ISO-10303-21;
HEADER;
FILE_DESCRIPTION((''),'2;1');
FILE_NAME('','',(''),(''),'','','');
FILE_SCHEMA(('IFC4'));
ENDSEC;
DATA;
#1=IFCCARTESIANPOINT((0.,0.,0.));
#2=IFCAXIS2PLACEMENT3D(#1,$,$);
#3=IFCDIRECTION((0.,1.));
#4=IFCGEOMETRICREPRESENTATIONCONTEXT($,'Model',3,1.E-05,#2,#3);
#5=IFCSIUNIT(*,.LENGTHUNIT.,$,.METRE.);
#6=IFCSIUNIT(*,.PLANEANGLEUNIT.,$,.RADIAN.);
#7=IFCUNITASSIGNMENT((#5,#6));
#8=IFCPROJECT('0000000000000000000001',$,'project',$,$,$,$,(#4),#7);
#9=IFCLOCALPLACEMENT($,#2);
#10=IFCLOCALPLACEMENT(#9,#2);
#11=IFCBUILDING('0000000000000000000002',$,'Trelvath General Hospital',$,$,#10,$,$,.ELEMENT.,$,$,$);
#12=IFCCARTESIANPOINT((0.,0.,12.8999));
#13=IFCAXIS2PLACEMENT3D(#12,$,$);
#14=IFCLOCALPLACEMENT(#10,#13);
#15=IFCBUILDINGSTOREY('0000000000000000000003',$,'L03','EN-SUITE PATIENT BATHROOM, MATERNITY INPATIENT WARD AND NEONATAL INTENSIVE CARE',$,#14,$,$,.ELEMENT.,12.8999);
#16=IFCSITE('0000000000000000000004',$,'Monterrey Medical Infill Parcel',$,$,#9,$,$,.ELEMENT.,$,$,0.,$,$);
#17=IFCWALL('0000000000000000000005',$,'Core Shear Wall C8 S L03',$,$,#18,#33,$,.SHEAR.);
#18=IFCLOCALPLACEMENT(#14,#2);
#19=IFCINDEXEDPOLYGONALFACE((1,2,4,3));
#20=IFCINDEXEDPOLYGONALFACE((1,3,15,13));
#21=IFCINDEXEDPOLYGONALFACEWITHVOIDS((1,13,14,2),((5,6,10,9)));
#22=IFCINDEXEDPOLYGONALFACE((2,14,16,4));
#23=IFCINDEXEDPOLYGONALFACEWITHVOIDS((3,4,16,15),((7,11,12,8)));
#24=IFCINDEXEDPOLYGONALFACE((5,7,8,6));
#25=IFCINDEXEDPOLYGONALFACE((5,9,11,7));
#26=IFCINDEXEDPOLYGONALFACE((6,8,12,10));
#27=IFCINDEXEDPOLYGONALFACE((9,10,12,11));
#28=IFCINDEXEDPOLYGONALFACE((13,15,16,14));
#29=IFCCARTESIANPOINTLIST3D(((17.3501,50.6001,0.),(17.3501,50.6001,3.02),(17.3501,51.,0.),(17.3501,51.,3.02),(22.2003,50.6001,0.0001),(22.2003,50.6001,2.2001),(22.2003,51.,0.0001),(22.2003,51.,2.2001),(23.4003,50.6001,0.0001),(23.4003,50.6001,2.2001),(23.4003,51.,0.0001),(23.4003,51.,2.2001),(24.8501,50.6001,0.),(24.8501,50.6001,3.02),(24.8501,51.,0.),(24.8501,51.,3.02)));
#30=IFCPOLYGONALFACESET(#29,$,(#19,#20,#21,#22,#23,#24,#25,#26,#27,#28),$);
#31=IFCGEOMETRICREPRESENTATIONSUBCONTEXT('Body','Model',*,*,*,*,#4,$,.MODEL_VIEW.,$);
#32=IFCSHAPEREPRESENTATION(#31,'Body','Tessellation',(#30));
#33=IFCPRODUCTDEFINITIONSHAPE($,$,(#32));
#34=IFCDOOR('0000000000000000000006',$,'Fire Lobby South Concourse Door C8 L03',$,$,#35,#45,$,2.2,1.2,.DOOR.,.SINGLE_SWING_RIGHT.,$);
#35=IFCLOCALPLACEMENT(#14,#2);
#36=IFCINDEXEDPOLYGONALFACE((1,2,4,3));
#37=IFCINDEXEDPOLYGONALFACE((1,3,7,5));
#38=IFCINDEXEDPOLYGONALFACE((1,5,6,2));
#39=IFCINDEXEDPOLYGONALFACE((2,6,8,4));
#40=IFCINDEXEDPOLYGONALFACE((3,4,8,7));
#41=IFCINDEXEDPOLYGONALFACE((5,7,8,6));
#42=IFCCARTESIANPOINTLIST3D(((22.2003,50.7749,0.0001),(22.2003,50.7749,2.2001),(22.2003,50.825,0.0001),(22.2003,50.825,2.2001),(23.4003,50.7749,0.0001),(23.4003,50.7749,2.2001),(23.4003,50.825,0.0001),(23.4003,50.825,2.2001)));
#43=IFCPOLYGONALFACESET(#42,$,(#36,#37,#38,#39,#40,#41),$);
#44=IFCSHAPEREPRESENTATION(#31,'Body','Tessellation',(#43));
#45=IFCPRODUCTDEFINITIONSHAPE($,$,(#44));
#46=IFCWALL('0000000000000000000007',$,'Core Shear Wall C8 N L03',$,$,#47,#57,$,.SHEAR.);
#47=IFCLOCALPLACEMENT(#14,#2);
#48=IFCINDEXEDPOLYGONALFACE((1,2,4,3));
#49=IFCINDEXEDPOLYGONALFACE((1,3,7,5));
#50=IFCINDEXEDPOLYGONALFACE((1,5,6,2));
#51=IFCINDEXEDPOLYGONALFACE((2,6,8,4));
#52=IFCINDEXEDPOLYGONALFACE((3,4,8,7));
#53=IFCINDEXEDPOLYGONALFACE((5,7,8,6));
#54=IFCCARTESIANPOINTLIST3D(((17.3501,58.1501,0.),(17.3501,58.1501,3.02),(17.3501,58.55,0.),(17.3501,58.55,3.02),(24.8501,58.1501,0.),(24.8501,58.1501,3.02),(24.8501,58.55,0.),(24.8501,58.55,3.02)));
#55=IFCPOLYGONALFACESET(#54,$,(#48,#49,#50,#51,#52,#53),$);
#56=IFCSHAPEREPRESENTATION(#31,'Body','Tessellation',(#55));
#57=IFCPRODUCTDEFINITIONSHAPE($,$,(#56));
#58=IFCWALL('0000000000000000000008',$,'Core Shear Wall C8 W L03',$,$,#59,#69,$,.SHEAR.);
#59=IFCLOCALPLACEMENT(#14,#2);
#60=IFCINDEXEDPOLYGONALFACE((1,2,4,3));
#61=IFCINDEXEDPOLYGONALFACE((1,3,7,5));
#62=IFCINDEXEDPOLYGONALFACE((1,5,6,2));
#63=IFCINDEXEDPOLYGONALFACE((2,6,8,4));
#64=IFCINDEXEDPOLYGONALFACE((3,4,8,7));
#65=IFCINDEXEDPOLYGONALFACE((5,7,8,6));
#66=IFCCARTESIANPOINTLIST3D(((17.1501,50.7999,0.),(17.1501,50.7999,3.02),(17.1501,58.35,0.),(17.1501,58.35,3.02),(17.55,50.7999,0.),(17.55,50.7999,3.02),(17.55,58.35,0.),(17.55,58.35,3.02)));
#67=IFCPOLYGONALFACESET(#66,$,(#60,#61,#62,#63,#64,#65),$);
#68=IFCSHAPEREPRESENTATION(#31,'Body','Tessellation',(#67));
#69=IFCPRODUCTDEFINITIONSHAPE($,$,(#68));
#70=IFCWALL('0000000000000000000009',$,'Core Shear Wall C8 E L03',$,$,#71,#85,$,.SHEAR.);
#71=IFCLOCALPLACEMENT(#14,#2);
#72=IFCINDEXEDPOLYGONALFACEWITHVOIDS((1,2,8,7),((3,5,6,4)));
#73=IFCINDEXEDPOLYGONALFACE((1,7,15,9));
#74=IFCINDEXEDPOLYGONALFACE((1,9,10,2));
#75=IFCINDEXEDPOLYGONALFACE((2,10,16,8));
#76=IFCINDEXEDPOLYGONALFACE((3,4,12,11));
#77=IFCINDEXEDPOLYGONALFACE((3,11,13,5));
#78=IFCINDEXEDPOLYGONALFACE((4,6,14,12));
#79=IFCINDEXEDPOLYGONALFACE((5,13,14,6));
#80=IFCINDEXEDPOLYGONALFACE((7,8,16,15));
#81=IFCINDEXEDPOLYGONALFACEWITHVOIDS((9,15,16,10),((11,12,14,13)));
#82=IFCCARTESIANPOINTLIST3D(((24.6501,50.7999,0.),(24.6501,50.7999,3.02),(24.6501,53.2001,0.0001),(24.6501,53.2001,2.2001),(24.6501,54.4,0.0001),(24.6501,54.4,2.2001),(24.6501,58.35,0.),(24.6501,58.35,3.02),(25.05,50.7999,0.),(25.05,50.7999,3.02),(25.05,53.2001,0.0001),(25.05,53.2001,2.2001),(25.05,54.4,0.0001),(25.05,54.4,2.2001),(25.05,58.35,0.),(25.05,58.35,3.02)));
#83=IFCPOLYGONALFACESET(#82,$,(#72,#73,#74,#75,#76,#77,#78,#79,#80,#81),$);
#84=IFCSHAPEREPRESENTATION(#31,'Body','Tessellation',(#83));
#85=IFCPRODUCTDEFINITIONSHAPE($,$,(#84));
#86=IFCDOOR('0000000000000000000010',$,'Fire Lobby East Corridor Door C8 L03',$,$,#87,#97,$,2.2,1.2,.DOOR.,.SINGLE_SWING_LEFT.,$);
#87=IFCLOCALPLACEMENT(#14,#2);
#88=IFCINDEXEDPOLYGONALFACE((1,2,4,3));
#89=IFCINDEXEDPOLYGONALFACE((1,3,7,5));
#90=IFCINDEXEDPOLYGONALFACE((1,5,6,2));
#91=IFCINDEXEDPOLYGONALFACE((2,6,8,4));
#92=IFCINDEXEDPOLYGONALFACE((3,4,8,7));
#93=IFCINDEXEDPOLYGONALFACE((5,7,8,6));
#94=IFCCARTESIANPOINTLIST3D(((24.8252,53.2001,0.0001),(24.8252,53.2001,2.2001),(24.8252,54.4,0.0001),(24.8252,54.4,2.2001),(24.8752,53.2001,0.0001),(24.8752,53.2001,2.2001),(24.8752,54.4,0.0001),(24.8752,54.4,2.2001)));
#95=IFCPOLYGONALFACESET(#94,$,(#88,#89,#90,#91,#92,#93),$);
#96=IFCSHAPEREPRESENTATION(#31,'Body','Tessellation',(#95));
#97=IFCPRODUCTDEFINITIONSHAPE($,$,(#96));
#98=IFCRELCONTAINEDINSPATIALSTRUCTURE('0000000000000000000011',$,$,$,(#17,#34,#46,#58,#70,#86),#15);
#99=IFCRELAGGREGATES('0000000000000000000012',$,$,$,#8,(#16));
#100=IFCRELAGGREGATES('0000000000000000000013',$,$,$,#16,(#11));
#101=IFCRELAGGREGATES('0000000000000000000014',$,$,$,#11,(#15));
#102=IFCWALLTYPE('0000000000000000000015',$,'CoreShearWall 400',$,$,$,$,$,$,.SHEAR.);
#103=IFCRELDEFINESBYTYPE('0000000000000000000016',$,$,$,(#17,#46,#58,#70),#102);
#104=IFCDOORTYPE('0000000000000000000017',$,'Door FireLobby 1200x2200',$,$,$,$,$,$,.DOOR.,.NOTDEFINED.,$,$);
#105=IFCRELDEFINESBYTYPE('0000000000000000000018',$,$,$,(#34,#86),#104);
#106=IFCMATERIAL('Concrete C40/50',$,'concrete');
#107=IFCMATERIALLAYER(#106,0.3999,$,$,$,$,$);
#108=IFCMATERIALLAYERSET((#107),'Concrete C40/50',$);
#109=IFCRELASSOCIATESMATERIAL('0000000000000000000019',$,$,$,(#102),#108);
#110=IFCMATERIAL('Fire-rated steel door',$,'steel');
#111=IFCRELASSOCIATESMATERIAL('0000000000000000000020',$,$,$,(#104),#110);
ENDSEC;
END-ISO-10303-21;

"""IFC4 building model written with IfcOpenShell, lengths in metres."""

from ifc_helpers import new_model, si_unit, direction, frame, frame_2d, origin, place, context, subcontext, project, spatial, rectangle, extrude, material, layer, layer_set, type_object, element, fill, save


model = new_model("IFC4")

# Units and contexts
model_context = context("Model", 3, precision=1e-05, world=origin(), true_north=direction((0.0, 1.0)))
body_context = subcontext(model_context, "Body", "Model", "MODEL_VIEW")
ifc_project = project(units=[si_unit("LENGTHUNIT", "METRE"), si_unit("PLANEANGLEUNIT", "RADIAN")], contexts=[model_context])

# Site, building, storey
site_placement = place(None, origin())
site = spatial("IfcSite", under=ifc_project, at=site_placement, Name="Monterrey Medical Infill Parcel", CompositionType="ELEMENT", RefElevation=0.0)
building_placement = place(site_placement, origin())
building = spatial("IfcBuilding", under=site, at=building_placement, Name="Trelvath General Hospital", CompositionType="ELEMENT")
storey_placement = place(building_placement, frame((0.0, 0.0, 12.8999)))
storey = spatial("IfcBuildingStorey", under=building, at=storey_placement, Name="L03", Description="EN-SUITE PATIENT BATHROOM, MATERNITY INPATIENT WARD AND NEONATAL INTENSIVE CARE", CompositionType="ELEMENT", Elevation=12.8999)

# Wall, opening, door
ifc_material_1 = material(Name="Concrete C40/50", Category="concrete")
ifc_layer = layer(ifc_material_1, 0.3999)
ifc_layer_set = layer_set([ifc_layer], Name="Concrete C40/50")
wall_type = type_object("IfcWallType", Name="CoreShearWall 400", PredefinedType="SHEAR", material=ifc_layer_set)
wall_1_placement = place(storey_placement, frame((17.3501, 50.8, 0.0), z_axis=(0.0, 0.0, 1.0), x_axis=(1.0, 0.0, 0.0)))
wall_1 = element("IfcWall", 1, at=wall_1_placement, inside=storey, type_object=wall_type, Name="Core Shear Wall C8 S L03", PredefinedType="SHEAR", context=body_context, shape_type="SweptSolid", body=[
    extrude(rectangle(XDim=7.5, YDim=0.3999, at=frame_2d((3.75, 0.0))), origin(), (0.0, 0.0, 1.0), 3.02),
])
opening_1_placement = place(wall_1_placement, frame((4.8501, 0.0, 0.0)))
opening_1 = element("IfcOpeningElement", 2, at=opening_1_placement, cuts=wall_1, PredefinedType="OPENING", context=body_context, shape_type="SweptSolid", body=[
    extrude(rectangle(XDim=1.2, YDim=2.2, at=frame_2d((0.6001, 1.1001))), frame((0.0, 0.21, 0.0), z_axis=(0.0, -1.0, 0.0), x_axis=(1.0, 0.0, 0.0)), (0.0, 0.0, 1.0), 0.4199),
])
ifc_material_2 = material(Name="Fire-rated steel door", Category="steel")
door_type_1 = type_object("IfcDoorType", Name="Door FireLobby 1200x2200", OperationType="NOTDEFINED", PredefinedType="DOOR", material=ifc_material_2)
door_1_placement = place(opening_1_placement, origin())
door_1 = element("IfcDoor", 3, at=door_1_placement, inside=storey, type_object=door_type_1, Name="Fire Lobby South Concourse Door C8 L03", OperationType="SINGLE_SWING_RIGHT", OverallHeight=2.2, OverallWidth=1.2, PredefinedType="DOOR", context=body_context, shape_type="SweptSolid", body=[
    extrude(rectangle(XDim=1.2, YDim=2.2, at=frame_2d((0.6001, 1.1001))), frame((0.0, 0.0249, 0.0), z_axis=(0.0, -1.0, 0.0), x_axis=(1.0, 0.0, 0.0)), (0.0, 0.0, 1.0), 0.05),
])
fill(opening_1, door_1)

# Walls
wall_2_placement = place(storey_placement, frame((17.3501, 58.3501, 0.0), z_axis=(0.0, 0.0, 1.0), x_axis=(1.0, 0.0, 0.0)))
element("IfcWall", 4, at=wall_2_placement, inside=storey, type_object=wall_type, Name="Core Shear Wall C8 N L03", PredefinedType="SHEAR", context=body_context, shape_type="SweptSolid", body=[
    extrude(rectangle(XDim=7.5, YDim=0.3999, at=frame_2d((3.75, 0.0))), origin(), (0.0, 0.0, 1.0), 3.02),
])
wall_3_placement = place(storey_placement, frame((17.3501, 50.8, 0.0), z_axis=(0.0, 0.0, 1.0), x_axis=(0.0, 1.0, 0.0)))
element("IfcWall", 5, at=wall_3_placement, inside=storey, type_object=wall_type, Name="Core Shear Wall C8 W L03", PredefinedType="SHEAR", context=body_context, shape_type="SweptSolid", body=[
    extrude(rectangle(XDim=7.55, YDim=0.3999, at=frame_2d((3.7749, 0.0))), origin(), (0.0, 0.0, 1.0), 3.02),
])

# Wall, opening, door
wall_4_placement = place(storey_placement, frame((24.8501, 50.8, 0.0), z_axis=(0.0, 0.0, 1.0), x_axis=(0.0, 1.0, 0.0)))
wall_4 = element("IfcWall", 6, at=wall_4_placement, inside=storey, type_object=wall_type, Name="Core Shear Wall C8 E L03", PredefinedType="SHEAR", context=body_context, shape_type="SweptSolid", body=[
    extrude(rectangle(XDim=7.55, YDim=0.3999, at=frame_2d((3.7749, 0.0))), origin(), (0.0, 0.0, 1.0), 3.02),
])
opening_2_placement = place(wall_4_placement, frame((2.3999, 0.0, 0.0)))
opening_2 = element("IfcOpeningElement", 7, at=opening_2_placement, cuts=wall_4, PredefinedType="OPENING", context=body_context, shape_type="SweptSolid", body=[
    extrude(rectangle(XDim=1.2, YDim=2.2, at=frame_2d((0.6001, 1.1001))), frame((0.0, 0.21, 0.0), z_axis=(0.0, -1.0, 0.0), x_axis=(1.0, 0.0, 0.0)), (0.0, 0.0, 1.0), 0.4199),
])
door_2_placement = place(opening_2_placement, origin())
door_2 = element("IfcDoor", 8, at=door_2_placement, inside=storey, type_object=door_type_1, Name="Fire Lobby East Corridor Door C8 L03", OperationType="SINGLE_SWING_LEFT", OverallHeight=2.2, OverallWidth=1.2, PredefinedType="DOOR", context=body_context, shape_type="SweptSolid", body=[
    extrude(rectangle(XDim=1.2, YDim=2.2, at=frame_2d((0.6001, 1.1001))), frame((0.0, 0.0249, 0.0), z_axis=(0.0, -1.0, 0.0), x_axis=(1.0, 0.0, 0.0)), (0.0, 0.0, 1.0), 0.05),
])
fill(opening_2, door_2)

save(model, "model.ifc")
